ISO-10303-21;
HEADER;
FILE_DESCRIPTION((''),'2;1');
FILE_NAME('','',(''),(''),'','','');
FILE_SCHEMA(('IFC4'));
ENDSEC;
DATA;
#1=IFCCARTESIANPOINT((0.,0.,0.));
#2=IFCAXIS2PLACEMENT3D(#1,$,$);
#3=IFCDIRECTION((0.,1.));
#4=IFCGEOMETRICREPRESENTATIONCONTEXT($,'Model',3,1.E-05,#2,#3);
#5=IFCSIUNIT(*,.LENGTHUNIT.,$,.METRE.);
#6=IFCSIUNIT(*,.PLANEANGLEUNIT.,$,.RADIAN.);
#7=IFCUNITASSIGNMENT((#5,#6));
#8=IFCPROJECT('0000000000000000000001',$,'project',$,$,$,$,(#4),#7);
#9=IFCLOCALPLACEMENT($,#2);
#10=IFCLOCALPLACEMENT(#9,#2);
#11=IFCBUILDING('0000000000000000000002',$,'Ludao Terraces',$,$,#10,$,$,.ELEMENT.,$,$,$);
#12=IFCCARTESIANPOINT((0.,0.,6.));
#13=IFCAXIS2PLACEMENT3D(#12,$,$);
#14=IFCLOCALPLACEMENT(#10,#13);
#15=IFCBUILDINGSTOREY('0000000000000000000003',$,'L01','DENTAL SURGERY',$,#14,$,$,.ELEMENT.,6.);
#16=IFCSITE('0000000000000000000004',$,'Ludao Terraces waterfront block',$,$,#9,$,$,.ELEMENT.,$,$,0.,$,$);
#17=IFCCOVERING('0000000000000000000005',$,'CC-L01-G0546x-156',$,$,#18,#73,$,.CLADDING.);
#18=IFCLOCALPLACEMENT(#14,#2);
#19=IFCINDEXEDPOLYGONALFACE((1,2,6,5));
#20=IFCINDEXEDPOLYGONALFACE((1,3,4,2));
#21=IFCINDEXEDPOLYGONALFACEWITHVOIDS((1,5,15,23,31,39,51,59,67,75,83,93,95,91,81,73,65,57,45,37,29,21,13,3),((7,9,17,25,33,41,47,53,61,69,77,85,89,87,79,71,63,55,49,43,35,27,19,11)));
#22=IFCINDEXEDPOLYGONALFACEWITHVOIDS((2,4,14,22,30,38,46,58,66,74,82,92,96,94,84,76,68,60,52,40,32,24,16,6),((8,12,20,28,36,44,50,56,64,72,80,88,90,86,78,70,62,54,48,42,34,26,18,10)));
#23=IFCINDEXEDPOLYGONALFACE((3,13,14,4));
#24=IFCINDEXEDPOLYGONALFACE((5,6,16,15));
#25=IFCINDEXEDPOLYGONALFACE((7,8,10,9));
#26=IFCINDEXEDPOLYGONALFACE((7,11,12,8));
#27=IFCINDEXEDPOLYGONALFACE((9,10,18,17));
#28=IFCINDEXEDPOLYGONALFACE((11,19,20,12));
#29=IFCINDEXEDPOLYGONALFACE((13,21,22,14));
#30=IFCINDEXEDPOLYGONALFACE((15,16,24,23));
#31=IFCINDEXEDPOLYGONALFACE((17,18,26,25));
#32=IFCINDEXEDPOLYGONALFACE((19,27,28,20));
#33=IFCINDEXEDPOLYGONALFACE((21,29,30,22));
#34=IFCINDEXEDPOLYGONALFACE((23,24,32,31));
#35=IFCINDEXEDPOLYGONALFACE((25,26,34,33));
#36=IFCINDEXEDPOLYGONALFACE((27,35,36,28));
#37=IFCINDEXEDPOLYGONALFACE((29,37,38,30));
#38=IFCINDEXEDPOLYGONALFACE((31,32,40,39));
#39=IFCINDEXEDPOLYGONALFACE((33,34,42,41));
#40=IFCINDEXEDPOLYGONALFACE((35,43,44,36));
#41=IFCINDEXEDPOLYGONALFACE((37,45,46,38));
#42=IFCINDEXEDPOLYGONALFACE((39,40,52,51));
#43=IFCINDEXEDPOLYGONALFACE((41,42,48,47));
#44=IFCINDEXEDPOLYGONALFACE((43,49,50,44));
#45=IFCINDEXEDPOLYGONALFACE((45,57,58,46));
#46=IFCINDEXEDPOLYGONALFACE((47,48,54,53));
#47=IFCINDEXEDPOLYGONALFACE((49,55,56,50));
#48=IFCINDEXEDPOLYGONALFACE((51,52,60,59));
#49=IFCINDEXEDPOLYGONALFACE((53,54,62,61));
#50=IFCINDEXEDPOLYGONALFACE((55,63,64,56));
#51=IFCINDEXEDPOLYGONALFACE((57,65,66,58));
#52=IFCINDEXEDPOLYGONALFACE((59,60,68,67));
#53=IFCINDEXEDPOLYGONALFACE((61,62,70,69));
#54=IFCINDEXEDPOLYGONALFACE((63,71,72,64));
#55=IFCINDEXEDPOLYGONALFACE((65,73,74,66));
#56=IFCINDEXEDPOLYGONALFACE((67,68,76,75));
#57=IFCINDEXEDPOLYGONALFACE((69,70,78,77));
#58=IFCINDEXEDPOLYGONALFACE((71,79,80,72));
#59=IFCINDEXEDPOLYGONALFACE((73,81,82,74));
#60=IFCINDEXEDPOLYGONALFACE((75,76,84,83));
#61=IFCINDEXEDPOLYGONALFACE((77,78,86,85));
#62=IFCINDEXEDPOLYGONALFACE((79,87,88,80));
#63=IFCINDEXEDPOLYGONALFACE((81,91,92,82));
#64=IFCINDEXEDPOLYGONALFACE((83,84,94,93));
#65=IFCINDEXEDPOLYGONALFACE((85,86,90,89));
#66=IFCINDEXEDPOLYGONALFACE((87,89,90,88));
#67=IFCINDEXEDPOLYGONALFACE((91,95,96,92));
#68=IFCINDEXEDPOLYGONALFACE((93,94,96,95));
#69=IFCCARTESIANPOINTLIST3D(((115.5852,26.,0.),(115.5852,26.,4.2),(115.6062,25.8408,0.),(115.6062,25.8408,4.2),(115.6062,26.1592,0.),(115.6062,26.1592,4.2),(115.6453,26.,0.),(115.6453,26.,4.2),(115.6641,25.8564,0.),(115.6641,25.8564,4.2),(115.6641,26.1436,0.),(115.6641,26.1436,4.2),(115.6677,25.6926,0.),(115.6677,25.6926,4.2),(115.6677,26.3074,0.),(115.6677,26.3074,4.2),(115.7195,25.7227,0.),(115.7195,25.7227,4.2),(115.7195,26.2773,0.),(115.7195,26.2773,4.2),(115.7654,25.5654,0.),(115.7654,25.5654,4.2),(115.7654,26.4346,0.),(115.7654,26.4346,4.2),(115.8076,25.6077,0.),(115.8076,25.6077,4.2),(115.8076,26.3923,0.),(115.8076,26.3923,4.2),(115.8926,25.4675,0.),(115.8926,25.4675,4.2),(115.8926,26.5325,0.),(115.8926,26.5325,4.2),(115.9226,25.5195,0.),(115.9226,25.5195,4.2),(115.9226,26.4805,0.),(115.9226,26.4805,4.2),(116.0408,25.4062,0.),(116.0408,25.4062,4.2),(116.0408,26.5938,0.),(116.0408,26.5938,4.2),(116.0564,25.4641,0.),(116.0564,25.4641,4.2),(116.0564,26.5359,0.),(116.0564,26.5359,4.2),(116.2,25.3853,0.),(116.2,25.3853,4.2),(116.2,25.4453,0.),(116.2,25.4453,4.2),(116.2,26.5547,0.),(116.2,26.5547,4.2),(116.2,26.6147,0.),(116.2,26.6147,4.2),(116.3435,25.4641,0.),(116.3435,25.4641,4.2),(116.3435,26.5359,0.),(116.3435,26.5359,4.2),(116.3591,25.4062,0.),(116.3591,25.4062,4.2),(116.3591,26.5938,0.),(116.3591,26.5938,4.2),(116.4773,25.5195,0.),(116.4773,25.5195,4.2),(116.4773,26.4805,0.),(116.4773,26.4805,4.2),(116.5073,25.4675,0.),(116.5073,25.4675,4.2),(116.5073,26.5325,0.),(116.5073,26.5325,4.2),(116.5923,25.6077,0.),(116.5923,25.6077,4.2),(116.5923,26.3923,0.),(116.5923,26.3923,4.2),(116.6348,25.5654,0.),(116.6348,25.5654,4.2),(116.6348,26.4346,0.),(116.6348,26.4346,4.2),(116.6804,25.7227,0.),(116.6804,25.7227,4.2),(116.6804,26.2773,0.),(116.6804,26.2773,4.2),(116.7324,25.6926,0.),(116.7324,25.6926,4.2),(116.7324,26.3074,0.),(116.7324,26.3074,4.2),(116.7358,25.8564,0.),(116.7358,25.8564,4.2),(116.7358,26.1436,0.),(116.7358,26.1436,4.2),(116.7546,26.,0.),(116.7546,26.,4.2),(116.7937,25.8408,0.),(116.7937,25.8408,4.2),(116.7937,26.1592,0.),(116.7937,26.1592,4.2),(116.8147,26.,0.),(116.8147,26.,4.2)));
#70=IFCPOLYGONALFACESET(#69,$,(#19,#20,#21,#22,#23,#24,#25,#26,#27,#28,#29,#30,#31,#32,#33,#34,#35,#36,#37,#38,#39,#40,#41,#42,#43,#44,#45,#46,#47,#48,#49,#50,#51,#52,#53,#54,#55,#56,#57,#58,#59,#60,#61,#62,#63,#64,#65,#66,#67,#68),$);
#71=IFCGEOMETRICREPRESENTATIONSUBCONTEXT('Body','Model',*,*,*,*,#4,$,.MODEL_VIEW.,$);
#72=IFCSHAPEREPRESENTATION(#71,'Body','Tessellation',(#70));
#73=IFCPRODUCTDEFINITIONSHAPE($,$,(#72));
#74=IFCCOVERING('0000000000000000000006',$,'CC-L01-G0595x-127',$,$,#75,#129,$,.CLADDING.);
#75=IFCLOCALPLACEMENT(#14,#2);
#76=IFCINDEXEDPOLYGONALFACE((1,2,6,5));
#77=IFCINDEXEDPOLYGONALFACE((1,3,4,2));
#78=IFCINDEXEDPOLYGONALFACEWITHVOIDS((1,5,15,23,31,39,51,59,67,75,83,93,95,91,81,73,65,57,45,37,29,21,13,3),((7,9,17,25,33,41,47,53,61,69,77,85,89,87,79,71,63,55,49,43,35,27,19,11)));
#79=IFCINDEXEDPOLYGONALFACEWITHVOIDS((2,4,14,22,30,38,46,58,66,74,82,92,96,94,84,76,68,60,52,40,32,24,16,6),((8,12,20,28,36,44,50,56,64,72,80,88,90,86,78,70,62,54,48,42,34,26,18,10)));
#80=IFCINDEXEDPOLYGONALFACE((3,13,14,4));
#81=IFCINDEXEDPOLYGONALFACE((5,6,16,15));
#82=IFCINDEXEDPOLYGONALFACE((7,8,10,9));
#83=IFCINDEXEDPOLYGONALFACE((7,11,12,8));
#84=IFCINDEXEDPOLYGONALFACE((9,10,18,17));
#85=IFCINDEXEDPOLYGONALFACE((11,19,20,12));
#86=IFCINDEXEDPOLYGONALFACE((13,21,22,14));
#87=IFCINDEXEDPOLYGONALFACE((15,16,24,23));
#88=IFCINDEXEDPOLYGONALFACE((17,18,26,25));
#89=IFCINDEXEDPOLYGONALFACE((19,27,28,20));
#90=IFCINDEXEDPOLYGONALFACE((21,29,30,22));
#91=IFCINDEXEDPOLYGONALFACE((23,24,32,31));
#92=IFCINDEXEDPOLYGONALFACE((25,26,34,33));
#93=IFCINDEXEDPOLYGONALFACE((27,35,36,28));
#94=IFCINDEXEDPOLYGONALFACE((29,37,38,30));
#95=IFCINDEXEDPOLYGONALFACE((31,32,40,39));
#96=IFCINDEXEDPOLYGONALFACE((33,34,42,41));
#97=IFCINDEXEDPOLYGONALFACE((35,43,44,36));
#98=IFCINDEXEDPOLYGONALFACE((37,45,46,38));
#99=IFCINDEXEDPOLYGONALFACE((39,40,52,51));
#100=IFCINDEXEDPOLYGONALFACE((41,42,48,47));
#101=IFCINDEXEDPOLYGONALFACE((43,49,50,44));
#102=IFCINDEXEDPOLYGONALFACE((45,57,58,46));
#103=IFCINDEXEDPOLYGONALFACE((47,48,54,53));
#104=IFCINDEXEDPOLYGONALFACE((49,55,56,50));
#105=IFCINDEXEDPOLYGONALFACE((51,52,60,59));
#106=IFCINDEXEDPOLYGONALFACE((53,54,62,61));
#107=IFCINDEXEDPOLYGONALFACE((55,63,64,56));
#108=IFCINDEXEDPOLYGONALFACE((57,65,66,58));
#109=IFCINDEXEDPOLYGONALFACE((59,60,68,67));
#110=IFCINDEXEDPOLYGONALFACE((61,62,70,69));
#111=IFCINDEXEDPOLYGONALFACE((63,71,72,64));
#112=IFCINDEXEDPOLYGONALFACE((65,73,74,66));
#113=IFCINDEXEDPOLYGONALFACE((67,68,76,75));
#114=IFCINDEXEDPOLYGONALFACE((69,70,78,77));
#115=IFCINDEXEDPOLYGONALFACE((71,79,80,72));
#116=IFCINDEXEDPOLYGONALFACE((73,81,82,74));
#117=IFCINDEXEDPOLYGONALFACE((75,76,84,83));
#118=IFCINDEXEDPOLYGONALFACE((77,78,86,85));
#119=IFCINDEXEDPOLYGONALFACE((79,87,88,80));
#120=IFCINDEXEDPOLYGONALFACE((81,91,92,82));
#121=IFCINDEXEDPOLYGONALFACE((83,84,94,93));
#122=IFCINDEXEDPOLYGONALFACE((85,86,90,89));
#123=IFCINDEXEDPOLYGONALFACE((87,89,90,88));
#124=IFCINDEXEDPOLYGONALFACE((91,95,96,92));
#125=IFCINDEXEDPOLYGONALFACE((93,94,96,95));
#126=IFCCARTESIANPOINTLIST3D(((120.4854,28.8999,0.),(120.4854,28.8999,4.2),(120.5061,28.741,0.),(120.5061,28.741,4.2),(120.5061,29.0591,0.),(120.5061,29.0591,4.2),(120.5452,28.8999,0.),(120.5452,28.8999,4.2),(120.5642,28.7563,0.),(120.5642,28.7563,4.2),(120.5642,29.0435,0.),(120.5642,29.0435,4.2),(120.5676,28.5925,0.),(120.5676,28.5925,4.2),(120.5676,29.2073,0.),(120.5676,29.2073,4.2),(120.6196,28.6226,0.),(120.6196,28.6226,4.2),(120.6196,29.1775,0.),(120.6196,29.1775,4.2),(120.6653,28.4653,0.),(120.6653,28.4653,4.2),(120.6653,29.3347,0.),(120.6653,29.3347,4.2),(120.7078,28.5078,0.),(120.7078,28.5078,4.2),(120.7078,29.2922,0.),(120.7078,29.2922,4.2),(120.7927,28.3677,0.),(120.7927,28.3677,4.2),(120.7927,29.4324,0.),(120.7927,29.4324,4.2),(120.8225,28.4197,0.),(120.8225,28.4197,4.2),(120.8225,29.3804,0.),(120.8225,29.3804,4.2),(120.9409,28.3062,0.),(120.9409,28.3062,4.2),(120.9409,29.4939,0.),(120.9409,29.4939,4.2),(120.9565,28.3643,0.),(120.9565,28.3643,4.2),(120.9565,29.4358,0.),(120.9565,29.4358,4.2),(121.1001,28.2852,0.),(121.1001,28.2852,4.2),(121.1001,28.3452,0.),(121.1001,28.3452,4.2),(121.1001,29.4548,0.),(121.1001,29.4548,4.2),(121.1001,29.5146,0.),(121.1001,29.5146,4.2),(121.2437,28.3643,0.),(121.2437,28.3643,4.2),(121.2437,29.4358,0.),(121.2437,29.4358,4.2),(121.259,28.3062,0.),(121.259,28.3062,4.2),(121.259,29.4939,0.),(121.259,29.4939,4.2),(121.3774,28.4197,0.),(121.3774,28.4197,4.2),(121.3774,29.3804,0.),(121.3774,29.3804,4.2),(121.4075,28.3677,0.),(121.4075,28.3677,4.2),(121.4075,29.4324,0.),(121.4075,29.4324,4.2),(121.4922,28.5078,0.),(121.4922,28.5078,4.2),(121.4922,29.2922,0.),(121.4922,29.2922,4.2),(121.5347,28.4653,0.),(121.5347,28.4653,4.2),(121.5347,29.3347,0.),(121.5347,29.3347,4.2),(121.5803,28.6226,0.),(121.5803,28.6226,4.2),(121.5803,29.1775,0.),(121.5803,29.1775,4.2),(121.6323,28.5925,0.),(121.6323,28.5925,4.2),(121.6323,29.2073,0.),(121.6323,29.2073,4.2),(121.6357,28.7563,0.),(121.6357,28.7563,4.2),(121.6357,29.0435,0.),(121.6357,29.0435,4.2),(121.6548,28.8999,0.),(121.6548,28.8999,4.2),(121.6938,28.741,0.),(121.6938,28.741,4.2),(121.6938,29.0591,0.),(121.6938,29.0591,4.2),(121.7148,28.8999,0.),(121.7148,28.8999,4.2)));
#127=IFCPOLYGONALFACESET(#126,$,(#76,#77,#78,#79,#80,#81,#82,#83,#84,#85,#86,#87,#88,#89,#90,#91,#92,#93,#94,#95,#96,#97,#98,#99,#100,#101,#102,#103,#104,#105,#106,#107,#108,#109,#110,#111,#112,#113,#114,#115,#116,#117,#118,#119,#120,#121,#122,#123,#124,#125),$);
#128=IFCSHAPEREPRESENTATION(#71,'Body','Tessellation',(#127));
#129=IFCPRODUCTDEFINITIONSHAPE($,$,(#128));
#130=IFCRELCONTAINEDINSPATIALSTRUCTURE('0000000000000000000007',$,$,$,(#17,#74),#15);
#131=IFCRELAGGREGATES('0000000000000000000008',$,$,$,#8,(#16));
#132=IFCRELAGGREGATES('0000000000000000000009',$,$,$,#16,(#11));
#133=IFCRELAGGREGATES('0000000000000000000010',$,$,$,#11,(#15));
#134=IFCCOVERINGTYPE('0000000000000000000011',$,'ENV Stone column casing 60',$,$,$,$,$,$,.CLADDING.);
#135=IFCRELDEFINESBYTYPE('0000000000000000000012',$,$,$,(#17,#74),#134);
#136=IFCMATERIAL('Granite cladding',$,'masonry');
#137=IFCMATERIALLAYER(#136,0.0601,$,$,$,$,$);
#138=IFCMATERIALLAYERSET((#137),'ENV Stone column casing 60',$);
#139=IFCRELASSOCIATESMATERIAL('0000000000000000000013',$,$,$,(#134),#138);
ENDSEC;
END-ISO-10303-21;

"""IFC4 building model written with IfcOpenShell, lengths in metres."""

from ifc_helpers import new_model, si_unit, direction, frame, origin, place, context, subcontext, project, spatial, polyline, outline, extrude, material, layer, layer_set, type_object, element, save


model = new_model("IFC4")

# Units and contexts
model_context = context("Model", 3, precision=1e-05, world=origin(), true_north=direction((0.0, 1.0)))
body_context = subcontext(model_context, "Body", "Model", "MODEL_VIEW")
ifc_project = project(units=[si_unit("LENGTHUNIT", "METRE"), si_unit("PLANEANGLEUNIT", "RADIAN")], contexts=[model_context])

# Site, building, storey
site_placement = place(None, origin())
site = spatial("IfcSite", under=ifc_project, at=site_placement, Name="Ludao Terraces waterfront block", CompositionType="ELEMENT", RefElevation=0.0)
building_placement = place(site_placement, origin())
building = spatial("IfcBuilding", under=site, at=building_placement, Name="Ludao Terraces", CompositionType="ELEMENT")
storey_placement = place(building_placement, frame((0.0, 0.0, 6.0)))
storey = spatial("IfcBuildingStorey", under=building, at=storey_placement, Name="L01", Description="DENTAL SURGERY", CompositionType="ELEMENT", Elevation=6.0)

# Coverings
ifc_material_1 = material(Name="Granite cladding", Category="masonry")
ifc_layer_1 = layer(ifc_material_1, 0.0601)
ifc_layer_set_1 = layer_set([ifc_layer_1], Name="ENV Stone column casing 60")
covering_type = type_object("IfcCoveringType", Name="ENV Stone column casing 60", PredefinedType="CLADDING", material=ifc_layer_set_1)
covering_1_placement = place(storey_placement, origin())
element("IfcCovering", 1, at=covering_1_placement, inside=storey, type_object=covering_type, Name="CC-L01-G0546x-156", PredefinedType="CLADDING", context=body_context, shape_type="SweptSolid", body=[
    extrude(outline(polyline([(116.8147, 26.0), (116.7937, 26.1592), (116.7324, 26.3074), (116.6348, 26.4346), (116.5073, 26.5325), (116.3591, 26.5938), (116.2, 26.6147), (116.0408, 26.5938), (115.8926, 26.5325), (115.7654, 26.4346), (115.6677, 26.3074), (115.6062, 26.1592), (115.5852, 26.0), (115.6062, 25.8408), (115.6677, 25.6926), (115.7654, 25.5654), (115.8926, 25.4675), (116.0408, 25.4062), (116.2, 25.3853), (116.3591, 25.4062), (116.5073, 25.4675), (116.6348, 25.5654), (116.7324, 25.6926), (116.7937, 25.8408), (116.8147, 26.0)]), holes=[polyline([(116.7358, 25.8564), (116.6804, 25.7227), (116.5923, 25.6077), (116.4773, 25.5195), (116.3435, 25.4641), (116.2, 25.4453), (116.0564, 25.4641), (115.9226, 25.5195), (115.8076, 25.6077), (115.7195, 25.7227), (115.6641, 25.8564), (115.6453, 26.0), (115.6641, 26.1436), (115.7195, 26.2773), (115.8076, 26.3923), (115.9226, 26.4805), (116.0564, 26.5359), (116.2, 26.5547), (116.3435, 26.5359), (116.4773, 26.4805), (116.5923, 26.3923), (116.6804, 26.2773), (116.7358, 26.1436), (116.7546, 26.0), (116.7358, 25.8564)])]), origin(), (0.0, 0.0, 1.0), 4.2),
])
covering_2_placement = place(storey_placement, origin())
element("IfcCovering", 2, at=covering_2_placement, inside=storey, type_object=covering_type, Name="CC-L01-G0595x-127", PredefinedType="CLADDING", context=body_context, shape_type="SweptSolid", body=[
    extrude(outline(polyline([(121.7148, 28.8999), (121.6938, 29.0591), (121.6323, 29.2073), (121.5347, 29.3347), (121.4075, 29.4324), (121.259, 29.4939), (121.1001, 29.5146), (120.9409, 29.4939), (120.7927, 29.4324), (120.6653, 29.3347), (120.5676, 29.2073), (120.5061, 29.0591), (120.4854, 28.8999), (120.5061, 28.741), (120.5676, 28.5925), (120.6653, 28.4653), (120.7927, 28.3677), (120.9409, 28.3062), (121.1001, 28.2852), (121.259, 28.3062), (121.4075, 28.3677), (121.5347, 28.4653), (121.6323, 28.5925), (121.6938, 28.741), (121.7148, 28.8999)]), holes=[polyline([(121.6357, 28.7563), (121.5803, 28.6226), (121.4922, 28.5078), (121.3774, 28.4197), (121.2437, 28.3643), (121.1001, 28.3452), (120.9565, 28.3643), (120.8225, 28.4197), (120.7078, 28.5078), (120.6196, 28.6226), (120.5642, 28.7563), (120.5452, 28.8999), (120.5642, 29.0435), (120.6196, 29.1775), (120.7078, 29.2922), (120.8225, 29.3804), (120.9565, 29.4358), (121.1001, 29.4548), (121.2437, 29.4358), (121.3774, 29.3804), (121.4922, 29.2922), (121.5803, 29.1775), (121.6357, 29.0435), (121.6548, 28.8999), (121.6357, 28.7563)])]), origin(), (0.0, 0.0, 1.0), 4.2),
])

save(model, "model.ifc")
